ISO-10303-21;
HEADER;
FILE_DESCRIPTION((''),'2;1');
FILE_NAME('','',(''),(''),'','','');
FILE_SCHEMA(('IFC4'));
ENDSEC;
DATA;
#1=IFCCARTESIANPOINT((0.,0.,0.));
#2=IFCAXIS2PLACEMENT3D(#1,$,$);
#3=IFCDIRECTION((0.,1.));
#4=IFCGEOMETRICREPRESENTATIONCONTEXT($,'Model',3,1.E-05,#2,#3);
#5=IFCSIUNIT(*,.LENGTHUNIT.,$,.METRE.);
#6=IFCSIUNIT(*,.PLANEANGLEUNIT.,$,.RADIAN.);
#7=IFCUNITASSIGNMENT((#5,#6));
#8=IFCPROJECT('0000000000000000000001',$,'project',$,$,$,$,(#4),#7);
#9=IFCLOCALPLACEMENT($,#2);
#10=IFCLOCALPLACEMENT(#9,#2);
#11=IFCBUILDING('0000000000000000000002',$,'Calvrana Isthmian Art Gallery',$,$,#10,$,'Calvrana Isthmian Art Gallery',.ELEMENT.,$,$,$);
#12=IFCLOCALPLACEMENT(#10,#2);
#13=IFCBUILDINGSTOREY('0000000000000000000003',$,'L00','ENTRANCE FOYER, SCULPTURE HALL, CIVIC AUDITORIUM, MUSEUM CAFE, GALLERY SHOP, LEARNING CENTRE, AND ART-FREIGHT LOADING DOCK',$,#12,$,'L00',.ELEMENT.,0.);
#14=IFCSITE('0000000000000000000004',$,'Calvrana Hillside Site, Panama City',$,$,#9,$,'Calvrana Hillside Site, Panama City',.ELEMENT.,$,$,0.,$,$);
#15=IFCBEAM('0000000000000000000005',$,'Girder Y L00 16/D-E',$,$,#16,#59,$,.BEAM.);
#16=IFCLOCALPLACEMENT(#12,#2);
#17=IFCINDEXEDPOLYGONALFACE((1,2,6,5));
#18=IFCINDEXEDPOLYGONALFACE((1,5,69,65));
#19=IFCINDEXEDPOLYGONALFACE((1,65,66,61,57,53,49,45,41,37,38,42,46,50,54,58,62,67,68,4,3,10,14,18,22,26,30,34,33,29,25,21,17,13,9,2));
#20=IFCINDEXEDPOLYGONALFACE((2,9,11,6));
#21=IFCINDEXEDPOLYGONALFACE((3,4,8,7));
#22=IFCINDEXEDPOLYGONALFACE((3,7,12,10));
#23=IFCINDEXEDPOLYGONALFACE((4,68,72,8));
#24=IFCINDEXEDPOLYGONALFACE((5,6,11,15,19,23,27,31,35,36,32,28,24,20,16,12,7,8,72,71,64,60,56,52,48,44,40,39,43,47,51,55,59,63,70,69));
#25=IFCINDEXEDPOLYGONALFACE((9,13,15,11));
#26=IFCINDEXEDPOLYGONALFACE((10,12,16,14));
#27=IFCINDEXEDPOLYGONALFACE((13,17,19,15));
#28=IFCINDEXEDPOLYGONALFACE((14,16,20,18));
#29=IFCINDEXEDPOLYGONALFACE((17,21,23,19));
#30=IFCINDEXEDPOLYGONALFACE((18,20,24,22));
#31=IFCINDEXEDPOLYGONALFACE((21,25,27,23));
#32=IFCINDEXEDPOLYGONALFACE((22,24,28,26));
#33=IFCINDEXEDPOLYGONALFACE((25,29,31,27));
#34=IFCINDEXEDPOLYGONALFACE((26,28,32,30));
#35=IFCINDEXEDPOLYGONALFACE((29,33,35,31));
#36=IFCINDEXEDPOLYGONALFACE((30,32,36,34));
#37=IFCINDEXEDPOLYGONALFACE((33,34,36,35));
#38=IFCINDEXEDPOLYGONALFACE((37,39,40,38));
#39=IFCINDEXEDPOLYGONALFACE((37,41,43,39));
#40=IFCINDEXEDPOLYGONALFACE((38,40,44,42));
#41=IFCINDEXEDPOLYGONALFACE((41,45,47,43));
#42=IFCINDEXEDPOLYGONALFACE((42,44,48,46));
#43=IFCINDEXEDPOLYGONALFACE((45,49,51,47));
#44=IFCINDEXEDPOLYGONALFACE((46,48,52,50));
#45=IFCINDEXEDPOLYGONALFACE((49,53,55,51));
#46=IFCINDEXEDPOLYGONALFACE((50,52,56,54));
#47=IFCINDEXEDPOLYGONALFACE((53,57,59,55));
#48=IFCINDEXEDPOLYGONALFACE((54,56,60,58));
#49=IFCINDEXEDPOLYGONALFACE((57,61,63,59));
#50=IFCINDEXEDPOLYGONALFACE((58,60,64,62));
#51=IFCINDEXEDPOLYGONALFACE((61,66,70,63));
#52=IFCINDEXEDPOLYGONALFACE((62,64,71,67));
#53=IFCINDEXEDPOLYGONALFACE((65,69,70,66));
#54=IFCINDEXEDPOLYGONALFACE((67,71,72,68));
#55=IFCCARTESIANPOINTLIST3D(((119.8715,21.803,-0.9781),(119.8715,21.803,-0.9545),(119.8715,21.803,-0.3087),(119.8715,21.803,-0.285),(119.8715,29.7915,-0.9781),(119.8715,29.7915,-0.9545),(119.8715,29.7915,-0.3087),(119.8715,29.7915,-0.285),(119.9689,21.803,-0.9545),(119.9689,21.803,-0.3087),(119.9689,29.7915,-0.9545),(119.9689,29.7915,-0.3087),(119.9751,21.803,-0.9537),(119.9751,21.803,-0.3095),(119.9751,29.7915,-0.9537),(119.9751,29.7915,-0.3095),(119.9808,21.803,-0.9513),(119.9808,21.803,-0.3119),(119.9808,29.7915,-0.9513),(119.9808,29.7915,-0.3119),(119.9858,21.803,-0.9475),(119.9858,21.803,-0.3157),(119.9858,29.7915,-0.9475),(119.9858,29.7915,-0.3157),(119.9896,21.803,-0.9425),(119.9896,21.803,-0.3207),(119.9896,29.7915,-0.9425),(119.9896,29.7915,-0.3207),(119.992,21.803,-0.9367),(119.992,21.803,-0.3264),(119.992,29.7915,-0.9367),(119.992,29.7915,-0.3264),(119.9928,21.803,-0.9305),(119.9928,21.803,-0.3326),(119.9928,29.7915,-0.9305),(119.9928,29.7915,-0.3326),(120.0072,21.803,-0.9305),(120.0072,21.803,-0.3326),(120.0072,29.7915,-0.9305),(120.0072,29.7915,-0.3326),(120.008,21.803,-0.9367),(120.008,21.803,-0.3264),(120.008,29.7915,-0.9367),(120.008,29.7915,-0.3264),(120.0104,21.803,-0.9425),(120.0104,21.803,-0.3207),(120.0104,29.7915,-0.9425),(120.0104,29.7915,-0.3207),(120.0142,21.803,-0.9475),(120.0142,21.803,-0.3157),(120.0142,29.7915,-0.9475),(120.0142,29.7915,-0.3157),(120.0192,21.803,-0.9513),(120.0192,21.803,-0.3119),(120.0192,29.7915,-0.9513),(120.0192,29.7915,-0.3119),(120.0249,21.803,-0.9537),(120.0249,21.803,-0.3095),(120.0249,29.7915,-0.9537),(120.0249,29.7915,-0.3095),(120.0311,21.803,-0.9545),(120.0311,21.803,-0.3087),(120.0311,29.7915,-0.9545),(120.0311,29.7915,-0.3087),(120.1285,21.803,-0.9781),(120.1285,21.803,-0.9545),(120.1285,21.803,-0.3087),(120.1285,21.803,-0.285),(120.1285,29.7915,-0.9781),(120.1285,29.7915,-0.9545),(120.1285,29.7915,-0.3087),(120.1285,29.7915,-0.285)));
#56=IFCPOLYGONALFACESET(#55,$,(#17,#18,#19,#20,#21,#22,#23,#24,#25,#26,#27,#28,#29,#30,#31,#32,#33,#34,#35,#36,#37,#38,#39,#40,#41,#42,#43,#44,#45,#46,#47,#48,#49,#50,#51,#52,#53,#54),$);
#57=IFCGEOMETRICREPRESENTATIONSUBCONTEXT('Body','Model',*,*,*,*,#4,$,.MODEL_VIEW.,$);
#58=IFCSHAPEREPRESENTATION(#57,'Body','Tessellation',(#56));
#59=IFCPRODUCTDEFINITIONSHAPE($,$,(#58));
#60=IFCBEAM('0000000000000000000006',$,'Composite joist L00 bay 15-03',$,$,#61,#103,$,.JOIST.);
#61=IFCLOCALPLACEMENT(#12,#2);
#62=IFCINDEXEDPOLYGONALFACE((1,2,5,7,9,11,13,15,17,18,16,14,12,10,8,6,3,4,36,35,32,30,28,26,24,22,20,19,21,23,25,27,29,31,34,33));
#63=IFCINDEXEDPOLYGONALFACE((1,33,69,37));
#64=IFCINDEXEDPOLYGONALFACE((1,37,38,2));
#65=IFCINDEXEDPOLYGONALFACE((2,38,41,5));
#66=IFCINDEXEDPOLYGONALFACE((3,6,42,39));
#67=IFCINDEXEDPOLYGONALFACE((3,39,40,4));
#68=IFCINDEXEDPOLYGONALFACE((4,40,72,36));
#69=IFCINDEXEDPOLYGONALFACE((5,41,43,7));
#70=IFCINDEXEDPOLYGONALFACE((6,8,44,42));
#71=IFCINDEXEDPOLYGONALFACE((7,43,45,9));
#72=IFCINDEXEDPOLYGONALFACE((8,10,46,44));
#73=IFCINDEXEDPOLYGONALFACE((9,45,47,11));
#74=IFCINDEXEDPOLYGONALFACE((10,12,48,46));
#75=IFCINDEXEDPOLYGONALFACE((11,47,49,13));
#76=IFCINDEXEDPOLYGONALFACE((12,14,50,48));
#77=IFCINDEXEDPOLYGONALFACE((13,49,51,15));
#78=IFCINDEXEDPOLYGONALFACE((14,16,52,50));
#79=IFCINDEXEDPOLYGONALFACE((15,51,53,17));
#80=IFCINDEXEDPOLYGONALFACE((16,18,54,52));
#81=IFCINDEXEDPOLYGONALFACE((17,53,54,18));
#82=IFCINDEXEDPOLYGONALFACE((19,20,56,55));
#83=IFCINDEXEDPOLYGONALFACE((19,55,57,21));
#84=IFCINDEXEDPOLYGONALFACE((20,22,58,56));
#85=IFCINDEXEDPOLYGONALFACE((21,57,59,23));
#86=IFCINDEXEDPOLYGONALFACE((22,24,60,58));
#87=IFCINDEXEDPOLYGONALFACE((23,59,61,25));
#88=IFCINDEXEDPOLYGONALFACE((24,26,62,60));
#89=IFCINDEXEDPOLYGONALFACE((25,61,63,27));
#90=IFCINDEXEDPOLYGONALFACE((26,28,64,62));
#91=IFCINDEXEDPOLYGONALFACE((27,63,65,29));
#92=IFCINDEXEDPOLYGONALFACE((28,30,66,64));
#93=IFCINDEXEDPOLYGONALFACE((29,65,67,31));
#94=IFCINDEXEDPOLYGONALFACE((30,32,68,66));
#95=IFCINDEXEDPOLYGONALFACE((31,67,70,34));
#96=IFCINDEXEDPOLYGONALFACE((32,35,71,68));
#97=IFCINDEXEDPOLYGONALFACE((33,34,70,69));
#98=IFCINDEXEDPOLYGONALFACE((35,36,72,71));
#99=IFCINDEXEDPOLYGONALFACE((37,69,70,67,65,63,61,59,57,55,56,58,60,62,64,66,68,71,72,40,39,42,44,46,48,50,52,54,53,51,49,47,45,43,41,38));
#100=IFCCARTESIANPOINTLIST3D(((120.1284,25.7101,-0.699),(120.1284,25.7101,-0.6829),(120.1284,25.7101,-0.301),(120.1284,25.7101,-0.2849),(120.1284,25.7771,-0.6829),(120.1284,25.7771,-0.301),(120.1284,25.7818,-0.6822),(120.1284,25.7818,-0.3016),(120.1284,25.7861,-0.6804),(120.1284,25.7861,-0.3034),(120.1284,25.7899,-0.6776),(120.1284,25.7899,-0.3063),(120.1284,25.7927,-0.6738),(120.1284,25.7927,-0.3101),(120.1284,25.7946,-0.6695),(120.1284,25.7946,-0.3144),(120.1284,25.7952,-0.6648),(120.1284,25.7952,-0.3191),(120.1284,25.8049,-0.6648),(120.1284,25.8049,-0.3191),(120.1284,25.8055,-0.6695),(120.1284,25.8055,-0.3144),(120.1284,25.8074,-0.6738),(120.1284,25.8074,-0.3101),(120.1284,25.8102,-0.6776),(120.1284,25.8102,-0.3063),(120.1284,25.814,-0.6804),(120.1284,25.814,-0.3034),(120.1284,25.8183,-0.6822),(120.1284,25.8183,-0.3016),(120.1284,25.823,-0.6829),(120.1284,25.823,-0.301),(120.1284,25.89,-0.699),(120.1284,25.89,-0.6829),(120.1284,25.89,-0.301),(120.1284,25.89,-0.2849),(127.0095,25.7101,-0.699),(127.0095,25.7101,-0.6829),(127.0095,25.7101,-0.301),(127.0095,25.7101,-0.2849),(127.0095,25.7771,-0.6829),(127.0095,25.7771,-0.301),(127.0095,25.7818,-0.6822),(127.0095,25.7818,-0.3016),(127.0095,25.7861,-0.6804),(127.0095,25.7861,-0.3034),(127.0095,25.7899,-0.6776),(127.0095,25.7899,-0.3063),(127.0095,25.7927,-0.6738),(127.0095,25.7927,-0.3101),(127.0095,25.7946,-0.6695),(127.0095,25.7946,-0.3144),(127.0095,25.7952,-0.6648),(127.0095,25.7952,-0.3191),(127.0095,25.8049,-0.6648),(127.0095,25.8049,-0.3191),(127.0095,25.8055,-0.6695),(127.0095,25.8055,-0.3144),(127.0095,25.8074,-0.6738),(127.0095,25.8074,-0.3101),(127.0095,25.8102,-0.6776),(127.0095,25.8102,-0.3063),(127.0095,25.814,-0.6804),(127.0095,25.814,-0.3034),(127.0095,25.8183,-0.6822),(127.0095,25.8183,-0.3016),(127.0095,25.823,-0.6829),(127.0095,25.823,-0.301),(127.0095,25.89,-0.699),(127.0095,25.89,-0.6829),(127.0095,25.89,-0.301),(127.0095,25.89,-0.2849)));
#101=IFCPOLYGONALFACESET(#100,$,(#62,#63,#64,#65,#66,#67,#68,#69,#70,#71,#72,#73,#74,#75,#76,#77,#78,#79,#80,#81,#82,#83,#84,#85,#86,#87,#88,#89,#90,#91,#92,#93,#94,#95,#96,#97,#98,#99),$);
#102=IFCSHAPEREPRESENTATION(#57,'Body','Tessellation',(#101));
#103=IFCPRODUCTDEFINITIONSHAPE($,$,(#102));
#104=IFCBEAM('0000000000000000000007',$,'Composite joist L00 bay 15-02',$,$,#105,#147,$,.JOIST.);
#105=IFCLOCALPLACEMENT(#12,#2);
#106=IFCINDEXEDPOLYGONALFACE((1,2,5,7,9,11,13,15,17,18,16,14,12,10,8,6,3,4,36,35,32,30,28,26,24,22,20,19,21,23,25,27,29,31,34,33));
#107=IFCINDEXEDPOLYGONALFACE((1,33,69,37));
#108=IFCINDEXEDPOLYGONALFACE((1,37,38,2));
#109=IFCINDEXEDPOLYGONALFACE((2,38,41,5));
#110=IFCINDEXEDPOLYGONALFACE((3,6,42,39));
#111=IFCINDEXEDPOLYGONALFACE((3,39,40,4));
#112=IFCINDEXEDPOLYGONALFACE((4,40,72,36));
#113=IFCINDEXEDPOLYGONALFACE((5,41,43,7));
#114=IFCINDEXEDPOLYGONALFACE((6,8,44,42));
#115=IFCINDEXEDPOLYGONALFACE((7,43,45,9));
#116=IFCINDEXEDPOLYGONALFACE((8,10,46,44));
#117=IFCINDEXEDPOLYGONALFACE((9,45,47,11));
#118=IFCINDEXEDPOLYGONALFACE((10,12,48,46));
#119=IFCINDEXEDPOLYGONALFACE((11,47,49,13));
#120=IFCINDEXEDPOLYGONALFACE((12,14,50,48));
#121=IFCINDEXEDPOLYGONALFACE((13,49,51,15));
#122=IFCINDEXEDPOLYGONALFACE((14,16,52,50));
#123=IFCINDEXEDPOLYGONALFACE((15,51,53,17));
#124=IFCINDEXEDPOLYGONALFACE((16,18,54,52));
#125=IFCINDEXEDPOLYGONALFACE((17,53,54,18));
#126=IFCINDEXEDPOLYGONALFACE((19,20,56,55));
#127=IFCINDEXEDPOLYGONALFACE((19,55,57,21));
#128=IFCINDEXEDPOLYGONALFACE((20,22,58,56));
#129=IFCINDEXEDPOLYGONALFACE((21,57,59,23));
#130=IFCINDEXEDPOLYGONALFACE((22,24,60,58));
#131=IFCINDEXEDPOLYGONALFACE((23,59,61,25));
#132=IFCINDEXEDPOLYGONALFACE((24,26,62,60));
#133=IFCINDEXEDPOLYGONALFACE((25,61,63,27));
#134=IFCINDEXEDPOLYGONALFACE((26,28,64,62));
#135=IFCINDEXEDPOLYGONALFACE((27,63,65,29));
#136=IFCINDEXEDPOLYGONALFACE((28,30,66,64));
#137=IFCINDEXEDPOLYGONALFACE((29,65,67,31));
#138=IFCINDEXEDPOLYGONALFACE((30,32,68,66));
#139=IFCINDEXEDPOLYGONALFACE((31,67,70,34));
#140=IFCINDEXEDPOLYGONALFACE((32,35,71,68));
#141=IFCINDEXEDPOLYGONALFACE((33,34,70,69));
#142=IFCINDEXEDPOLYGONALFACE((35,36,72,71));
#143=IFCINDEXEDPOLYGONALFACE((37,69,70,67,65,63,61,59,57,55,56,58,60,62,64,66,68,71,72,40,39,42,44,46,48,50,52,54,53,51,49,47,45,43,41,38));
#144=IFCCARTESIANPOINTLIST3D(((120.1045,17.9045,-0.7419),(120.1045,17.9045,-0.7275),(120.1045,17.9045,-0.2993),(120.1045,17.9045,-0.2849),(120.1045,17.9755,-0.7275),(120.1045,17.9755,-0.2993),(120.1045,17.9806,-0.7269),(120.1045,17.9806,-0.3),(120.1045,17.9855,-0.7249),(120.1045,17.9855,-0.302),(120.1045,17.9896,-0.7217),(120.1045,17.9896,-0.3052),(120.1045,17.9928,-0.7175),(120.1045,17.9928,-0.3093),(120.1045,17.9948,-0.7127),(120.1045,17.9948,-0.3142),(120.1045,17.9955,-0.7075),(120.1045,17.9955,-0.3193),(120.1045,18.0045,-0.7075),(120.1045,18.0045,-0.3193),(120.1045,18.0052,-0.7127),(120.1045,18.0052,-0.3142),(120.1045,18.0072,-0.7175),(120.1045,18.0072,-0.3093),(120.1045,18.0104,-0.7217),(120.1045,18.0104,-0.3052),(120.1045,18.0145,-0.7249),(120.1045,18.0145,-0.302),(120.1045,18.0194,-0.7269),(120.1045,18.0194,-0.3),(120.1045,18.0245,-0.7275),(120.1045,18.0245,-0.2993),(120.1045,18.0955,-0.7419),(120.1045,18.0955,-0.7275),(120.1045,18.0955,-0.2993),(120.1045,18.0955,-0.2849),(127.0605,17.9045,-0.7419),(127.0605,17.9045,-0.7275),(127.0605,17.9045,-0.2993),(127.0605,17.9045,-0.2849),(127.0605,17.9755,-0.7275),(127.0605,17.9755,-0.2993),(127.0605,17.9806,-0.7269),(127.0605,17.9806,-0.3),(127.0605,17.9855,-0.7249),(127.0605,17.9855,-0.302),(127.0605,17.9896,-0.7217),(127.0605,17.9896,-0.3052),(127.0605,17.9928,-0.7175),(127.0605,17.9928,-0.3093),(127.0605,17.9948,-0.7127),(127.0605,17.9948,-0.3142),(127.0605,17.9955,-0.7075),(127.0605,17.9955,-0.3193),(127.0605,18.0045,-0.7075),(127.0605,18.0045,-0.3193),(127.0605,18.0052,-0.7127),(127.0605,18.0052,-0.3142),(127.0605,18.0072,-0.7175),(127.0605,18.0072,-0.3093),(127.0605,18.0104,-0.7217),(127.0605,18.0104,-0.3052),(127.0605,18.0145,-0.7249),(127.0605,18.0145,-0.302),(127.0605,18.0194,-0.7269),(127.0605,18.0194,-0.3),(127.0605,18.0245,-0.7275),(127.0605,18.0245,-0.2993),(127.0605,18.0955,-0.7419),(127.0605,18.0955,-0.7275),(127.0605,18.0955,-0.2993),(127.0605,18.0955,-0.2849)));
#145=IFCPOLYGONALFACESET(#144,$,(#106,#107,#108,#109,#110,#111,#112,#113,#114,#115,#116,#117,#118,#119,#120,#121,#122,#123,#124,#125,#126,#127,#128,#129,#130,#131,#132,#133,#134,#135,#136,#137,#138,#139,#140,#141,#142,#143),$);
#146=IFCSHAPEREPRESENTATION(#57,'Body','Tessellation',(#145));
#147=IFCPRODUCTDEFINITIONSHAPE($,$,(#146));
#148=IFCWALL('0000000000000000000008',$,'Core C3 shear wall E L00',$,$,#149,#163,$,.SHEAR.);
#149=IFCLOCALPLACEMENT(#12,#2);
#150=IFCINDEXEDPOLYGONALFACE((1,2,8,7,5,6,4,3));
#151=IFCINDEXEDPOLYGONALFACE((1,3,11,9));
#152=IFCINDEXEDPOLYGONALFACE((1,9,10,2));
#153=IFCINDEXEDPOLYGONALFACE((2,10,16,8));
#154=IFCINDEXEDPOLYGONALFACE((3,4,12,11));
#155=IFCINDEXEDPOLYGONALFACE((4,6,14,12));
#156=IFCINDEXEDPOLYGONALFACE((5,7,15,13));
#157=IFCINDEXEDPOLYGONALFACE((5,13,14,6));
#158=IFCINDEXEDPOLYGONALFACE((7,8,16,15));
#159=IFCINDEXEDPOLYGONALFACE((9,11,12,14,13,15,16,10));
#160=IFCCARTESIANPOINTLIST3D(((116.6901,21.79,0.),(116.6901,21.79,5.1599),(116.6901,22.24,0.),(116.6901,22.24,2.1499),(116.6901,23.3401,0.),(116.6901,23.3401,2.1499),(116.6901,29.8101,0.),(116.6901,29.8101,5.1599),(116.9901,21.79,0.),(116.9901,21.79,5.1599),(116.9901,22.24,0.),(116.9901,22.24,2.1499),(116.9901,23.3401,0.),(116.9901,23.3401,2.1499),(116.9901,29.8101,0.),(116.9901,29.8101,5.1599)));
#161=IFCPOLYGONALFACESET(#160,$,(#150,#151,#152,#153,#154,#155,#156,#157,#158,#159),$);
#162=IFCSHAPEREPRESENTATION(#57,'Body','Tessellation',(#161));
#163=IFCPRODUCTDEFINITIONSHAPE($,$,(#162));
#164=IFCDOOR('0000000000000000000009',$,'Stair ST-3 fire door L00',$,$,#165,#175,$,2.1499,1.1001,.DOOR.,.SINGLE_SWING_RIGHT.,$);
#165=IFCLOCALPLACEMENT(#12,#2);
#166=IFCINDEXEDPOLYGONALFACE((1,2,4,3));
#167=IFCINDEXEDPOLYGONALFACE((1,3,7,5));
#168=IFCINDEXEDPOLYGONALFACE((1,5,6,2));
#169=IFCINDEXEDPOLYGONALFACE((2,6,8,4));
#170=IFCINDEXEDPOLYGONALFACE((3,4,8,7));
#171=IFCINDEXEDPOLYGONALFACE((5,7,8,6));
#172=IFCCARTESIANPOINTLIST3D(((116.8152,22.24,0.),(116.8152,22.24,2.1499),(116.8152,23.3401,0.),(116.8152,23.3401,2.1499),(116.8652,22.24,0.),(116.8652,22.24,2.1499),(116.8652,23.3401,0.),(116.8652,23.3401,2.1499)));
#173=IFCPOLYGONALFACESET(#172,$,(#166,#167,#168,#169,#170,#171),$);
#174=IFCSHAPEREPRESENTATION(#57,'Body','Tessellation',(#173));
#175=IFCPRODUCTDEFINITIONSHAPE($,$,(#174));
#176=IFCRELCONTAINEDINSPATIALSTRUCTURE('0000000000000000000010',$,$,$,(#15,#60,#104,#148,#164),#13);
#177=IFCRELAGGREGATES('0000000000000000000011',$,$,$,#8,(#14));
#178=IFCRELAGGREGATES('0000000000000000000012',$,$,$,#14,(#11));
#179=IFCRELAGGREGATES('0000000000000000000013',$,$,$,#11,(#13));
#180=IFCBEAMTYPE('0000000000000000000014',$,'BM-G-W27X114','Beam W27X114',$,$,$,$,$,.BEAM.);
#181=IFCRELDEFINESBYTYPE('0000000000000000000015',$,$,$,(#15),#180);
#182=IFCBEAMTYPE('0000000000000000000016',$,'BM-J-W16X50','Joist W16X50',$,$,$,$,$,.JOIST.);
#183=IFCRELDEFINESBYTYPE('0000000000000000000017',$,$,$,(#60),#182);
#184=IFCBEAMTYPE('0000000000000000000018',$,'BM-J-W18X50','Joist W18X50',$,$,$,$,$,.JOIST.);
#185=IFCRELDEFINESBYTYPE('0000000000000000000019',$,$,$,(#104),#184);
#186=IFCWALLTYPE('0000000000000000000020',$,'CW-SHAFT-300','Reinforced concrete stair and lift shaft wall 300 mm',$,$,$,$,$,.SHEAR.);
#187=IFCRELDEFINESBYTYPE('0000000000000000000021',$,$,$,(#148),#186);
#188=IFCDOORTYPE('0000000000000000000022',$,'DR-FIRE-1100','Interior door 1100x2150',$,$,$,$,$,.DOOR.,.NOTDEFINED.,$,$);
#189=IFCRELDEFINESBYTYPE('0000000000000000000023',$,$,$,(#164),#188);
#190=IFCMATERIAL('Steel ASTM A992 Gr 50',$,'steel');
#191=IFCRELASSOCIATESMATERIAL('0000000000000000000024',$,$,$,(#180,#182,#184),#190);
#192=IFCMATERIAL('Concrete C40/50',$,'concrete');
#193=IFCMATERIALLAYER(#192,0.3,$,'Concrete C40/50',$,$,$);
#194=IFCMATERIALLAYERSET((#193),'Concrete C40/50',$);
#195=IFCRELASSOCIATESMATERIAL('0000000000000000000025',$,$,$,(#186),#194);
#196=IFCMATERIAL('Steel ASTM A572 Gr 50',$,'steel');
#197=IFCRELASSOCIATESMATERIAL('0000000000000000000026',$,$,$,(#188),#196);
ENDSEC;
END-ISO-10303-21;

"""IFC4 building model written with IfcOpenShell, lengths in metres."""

from ifc_helpers import new_model, si_unit, direction, frame, frame_2d, origin, origin_2d, place, context, subcontext, project, spatial, rectangle, i_section, extrude, material, layer, layer_set, material_profile, profile_set, type_object, element, fill, save


model = new_model("IFC4")

# Units and contexts
model_context = context("Model", 3, precision=1e-05, world=origin(), true_north=direction((0.0, 1.0)))
body_context = subcontext(model_context, "Body", "Model", "MODEL_VIEW")
ifc_project = project(units=[si_unit("LENGTHUNIT", "METRE"), si_unit("PLANEANGLEUNIT", "RADIAN")], contexts=[model_context])

# Site, building, storey
site_placement = place(None, origin())
site = spatial("IfcSite", under=ifc_project, at=site_placement, Name="Calvrana Hillside Site, Panama City", LongName="Calvrana Hillside Site, Panama City", CompositionType="ELEMENT", RefElevation=0.0)
building_placement = place(site_placement, origin())
building = spatial("IfcBuilding", under=site, at=building_placement, Name="Calvrana Isthmian Art Gallery", LongName="Calvrana Isthmian Art Gallery", CompositionType="ELEMENT")
storey_placement = place(building_placement, origin())
storey = spatial("IfcBuildingStorey", under=building, at=storey_placement, Name="L00", Description="ENTRANCE FOYER, SCULPTURE HALL, CIVIC AUDITORIUM, MUSEUM CAFE, GALLERY SHOP, LEARNING CENTRE, AND ART-FREIGHT LOADING DOCK", LongName="L00", CompositionType="ELEMENT", Elevation=0.0)

# Shared definitions
ifc_material_1 = material(Name="Steel ASTM A992 Gr 50", Category="steel")

# Beams
ifc_material_profile_1 = material_profile(ifc_material_1, i_section(OverallWidth=0.2571, OverallDepth=0.6931, WebThickness=0.0144, FlangeThickness=0.0237, FilletRadius=0.0239, at=origin_2d()), Name="W27X114")
ifc_profile_set_1 = profile_set([ifc_material_profile_1], Name="Steel ASTM A992 Gr 50")
beam_type_1 = type_object("IfcBeamType", Name="BM-G-W27X114", Description="Beam W27X114", PredefinedType="BEAM", material=ifc_profile_set_1)
beam_1_placement = place(storey_placement, frame((120.0, 21.803, -0.6316), z_axis=(0.0, 1.0, 0.0), x_axis=(-1.0, 0.0, 0.0)))
element("IfcBeam", 1, at=beam_1_placement, inside=storey, type_object=beam_type_1, Name="Girder Y L00 16/D-E", PredefinedType="BEAM", context=body_context, shape_type="SweptSolid", body=[
    extrude(i_section(OverallWidth=0.2571, OverallDepth=0.6931, WebThickness=0.0144, FlangeThickness=0.0237, FilletRadius=0.0239, at=origin_2d()), origin(), (0.0, 0.0, 1.0), 7.9885),
])
ifc_material_profile_2 = material_profile(ifc_material_1, i_section(OverallWidth=0.1799, OverallDepth=0.4141, WebThickness=0.0098, FlangeThickness=0.0161, FilletRadius=0.0181, at=origin_2d()), Name="W16X50")
ifc_profile_set_2 = profile_set([ifc_material_profile_2], Name="Steel ASTM A992 Gr 50")
beam_type_2 = type_object("IfcBeamType", Name="BM-J-W16X50", Description="Joist W16X50", PredefinedType="JOIST", material=ifc_profile_set_2)
beam_2_placement = place(storey_placement, frame((120.1284, 25.8, -0.4919), z_axis=(1.0, 0.0, 0.0), x_axis=(0.0, 1.0, 0.0)))
element("IfcBeam", 2, at=beam_2_placement, inside=storey, type_object=beam_type_2, Name="Composite joist L00 bay 15-03", PredefinedType="JOIST", context=body_context, shape_type="SweptSolid", body=[
    extrude(i_section(OverallWidth=0.1799, OverallDepth=0.4141, WebThickness=0.0098, FlangeThickness=0.0161, FilletRadius=0.0181, at=origin_2d()), origin(), (0.0, 0.0, 1.0), 6.8811),
])
ifc_material_profile_3 = material_profile(ifc_material_1, i_section(OverallWidth=0.1909, OverallDepth=0.457, WebThickness=0.009, FlangeThickness=0.0144, FilletRadius=0.02, at=origin_2d()), Name="W18X50")
ifc_profile_set_3 = profile_set([ifc_material_profile_3], Name="Steel ASTM A992 Gr 50")
beam_type_3 = type_object("IfcBeamType", Name="BM-J-W18X50", Description="Joist W18X50", PredefinedType="JOIST", material=ifc_profile_set_3)
beam_3_placement = place(storey_placement, frame((120.1045, 18.0, -0.5134), z_axis=(1.0, 0.0, 0.0), x_axis=(0.0, 1.0, 0.0)))
element("IfcBeam", 3, at=beam_3_placement, inside=storey, type_object=beam_type_3, Name="Composite joist L00 bay 15-02", PredefinedType="JOIST", context=body_context, shape_type="SweptSolid", body=[
    extrude(i_section(OverallWidth=0.1909, OverallDepth=0.457, WebThickness=0.009, FlangeThickness=0.0144, FilletRadius=0.02, at=origin_2d()), origin(), (0.0, 0.0, 1.0), 6.9561),
])

# Wall, opening, door
ifc_material_2 = material(Name="Concrete C40/50", Category="concrete")
ifc_layer_1 = layer(ifc_material_2, 0.3, Name="Concrete C40/50")
ifc_layer_set_1 = layer_set([ifc_layer_1], Name="Concrete C40/50")
wall_type_1 = type_object("IfcWallType", Name="CW-SHAFT-300", Description="Reinforced concrete stair and lift shaft wall 300 mm", PredefinedType="SHEAR", material=ifc_layer_set_1)
wall_1_placement = place(storey_placement, frame((116.8401, 21.79, 0.0), z_axis=(0.0, 0.0, 1.0), x_axis=(0.0, 1.0, 0.0)))
wall_1 = element("IfcWall", 4, at=wall_1_placement, inside=storey, type_object=wall_type_1, Name="Core C3 shear wall E L00", PredefinedType="SHEAR", context=body_context, shape_type="SweptSolid", body=[
    extrude(rectangle(XDim=8.02, YDim=0.3, at=frame_2d((4.01, 0.0))), origin(), (0.0, 0.0, 1.0), 5.1599),
])
opening_1_placement = place(wall_1_placement, frame((0.45, 0.0, 0.0)))
opening_1 = element("IfcOpeningElement", 5, at=opening_1_placement, cuts=wall_1, PredefinedType="OPENING", context=body_context, shape_type="SweptSolid", body=[
    extrude(rectangle(XDim=1.1001, YDim=2.1499, at=frame_2d((0.55, 1.075))), frame((0.0, 0.1602, 0.0), z_axis=(0.0, -1.0, 0.0), x_axis=(1.0, 0.0, 0.0)), (0.0, 0.0, 1.0), 0.3206),
])
ifc_material_3 = material(Name="Steel ASTM A572 Gr 50", Category="steel")
door_type_1 = type_object("IfcDoorType", Name="DR-FIRE-1100", Description="Interior door 1100x2150", OperationType="NOTDEFINED", PredefinedType="DOOR", material=ifc_material_3)
door_1_placement = place(opening_1_placement, origin())
door_1 = element("IfcDoor", 6, at=door_1_placement, inside=storey, type_object=door_type_1, Name="Stair ST-3 fire door L00", OperationType="SINGLE_SWING_RIGHT", OverallHeight=2.1499, OverallWidth=1.1001, PredefinedType="DOOR", context=body_context, shape_type="SweptSolid", body=[
    extrude(rectangle(XDim=1.1001, YDim=2.1499, at=frame_2d((0.55, 1.075))), frame((0.0, 0.0249, 0.0), z_axis=(0.0, -1.0, 0.0), x_axis=(1.0, 0.0, 0.0)), (0.0, 0.0, 1.0), 0.05),
])
fill(opening_1, door_1)

save(model, "model.ifc")
